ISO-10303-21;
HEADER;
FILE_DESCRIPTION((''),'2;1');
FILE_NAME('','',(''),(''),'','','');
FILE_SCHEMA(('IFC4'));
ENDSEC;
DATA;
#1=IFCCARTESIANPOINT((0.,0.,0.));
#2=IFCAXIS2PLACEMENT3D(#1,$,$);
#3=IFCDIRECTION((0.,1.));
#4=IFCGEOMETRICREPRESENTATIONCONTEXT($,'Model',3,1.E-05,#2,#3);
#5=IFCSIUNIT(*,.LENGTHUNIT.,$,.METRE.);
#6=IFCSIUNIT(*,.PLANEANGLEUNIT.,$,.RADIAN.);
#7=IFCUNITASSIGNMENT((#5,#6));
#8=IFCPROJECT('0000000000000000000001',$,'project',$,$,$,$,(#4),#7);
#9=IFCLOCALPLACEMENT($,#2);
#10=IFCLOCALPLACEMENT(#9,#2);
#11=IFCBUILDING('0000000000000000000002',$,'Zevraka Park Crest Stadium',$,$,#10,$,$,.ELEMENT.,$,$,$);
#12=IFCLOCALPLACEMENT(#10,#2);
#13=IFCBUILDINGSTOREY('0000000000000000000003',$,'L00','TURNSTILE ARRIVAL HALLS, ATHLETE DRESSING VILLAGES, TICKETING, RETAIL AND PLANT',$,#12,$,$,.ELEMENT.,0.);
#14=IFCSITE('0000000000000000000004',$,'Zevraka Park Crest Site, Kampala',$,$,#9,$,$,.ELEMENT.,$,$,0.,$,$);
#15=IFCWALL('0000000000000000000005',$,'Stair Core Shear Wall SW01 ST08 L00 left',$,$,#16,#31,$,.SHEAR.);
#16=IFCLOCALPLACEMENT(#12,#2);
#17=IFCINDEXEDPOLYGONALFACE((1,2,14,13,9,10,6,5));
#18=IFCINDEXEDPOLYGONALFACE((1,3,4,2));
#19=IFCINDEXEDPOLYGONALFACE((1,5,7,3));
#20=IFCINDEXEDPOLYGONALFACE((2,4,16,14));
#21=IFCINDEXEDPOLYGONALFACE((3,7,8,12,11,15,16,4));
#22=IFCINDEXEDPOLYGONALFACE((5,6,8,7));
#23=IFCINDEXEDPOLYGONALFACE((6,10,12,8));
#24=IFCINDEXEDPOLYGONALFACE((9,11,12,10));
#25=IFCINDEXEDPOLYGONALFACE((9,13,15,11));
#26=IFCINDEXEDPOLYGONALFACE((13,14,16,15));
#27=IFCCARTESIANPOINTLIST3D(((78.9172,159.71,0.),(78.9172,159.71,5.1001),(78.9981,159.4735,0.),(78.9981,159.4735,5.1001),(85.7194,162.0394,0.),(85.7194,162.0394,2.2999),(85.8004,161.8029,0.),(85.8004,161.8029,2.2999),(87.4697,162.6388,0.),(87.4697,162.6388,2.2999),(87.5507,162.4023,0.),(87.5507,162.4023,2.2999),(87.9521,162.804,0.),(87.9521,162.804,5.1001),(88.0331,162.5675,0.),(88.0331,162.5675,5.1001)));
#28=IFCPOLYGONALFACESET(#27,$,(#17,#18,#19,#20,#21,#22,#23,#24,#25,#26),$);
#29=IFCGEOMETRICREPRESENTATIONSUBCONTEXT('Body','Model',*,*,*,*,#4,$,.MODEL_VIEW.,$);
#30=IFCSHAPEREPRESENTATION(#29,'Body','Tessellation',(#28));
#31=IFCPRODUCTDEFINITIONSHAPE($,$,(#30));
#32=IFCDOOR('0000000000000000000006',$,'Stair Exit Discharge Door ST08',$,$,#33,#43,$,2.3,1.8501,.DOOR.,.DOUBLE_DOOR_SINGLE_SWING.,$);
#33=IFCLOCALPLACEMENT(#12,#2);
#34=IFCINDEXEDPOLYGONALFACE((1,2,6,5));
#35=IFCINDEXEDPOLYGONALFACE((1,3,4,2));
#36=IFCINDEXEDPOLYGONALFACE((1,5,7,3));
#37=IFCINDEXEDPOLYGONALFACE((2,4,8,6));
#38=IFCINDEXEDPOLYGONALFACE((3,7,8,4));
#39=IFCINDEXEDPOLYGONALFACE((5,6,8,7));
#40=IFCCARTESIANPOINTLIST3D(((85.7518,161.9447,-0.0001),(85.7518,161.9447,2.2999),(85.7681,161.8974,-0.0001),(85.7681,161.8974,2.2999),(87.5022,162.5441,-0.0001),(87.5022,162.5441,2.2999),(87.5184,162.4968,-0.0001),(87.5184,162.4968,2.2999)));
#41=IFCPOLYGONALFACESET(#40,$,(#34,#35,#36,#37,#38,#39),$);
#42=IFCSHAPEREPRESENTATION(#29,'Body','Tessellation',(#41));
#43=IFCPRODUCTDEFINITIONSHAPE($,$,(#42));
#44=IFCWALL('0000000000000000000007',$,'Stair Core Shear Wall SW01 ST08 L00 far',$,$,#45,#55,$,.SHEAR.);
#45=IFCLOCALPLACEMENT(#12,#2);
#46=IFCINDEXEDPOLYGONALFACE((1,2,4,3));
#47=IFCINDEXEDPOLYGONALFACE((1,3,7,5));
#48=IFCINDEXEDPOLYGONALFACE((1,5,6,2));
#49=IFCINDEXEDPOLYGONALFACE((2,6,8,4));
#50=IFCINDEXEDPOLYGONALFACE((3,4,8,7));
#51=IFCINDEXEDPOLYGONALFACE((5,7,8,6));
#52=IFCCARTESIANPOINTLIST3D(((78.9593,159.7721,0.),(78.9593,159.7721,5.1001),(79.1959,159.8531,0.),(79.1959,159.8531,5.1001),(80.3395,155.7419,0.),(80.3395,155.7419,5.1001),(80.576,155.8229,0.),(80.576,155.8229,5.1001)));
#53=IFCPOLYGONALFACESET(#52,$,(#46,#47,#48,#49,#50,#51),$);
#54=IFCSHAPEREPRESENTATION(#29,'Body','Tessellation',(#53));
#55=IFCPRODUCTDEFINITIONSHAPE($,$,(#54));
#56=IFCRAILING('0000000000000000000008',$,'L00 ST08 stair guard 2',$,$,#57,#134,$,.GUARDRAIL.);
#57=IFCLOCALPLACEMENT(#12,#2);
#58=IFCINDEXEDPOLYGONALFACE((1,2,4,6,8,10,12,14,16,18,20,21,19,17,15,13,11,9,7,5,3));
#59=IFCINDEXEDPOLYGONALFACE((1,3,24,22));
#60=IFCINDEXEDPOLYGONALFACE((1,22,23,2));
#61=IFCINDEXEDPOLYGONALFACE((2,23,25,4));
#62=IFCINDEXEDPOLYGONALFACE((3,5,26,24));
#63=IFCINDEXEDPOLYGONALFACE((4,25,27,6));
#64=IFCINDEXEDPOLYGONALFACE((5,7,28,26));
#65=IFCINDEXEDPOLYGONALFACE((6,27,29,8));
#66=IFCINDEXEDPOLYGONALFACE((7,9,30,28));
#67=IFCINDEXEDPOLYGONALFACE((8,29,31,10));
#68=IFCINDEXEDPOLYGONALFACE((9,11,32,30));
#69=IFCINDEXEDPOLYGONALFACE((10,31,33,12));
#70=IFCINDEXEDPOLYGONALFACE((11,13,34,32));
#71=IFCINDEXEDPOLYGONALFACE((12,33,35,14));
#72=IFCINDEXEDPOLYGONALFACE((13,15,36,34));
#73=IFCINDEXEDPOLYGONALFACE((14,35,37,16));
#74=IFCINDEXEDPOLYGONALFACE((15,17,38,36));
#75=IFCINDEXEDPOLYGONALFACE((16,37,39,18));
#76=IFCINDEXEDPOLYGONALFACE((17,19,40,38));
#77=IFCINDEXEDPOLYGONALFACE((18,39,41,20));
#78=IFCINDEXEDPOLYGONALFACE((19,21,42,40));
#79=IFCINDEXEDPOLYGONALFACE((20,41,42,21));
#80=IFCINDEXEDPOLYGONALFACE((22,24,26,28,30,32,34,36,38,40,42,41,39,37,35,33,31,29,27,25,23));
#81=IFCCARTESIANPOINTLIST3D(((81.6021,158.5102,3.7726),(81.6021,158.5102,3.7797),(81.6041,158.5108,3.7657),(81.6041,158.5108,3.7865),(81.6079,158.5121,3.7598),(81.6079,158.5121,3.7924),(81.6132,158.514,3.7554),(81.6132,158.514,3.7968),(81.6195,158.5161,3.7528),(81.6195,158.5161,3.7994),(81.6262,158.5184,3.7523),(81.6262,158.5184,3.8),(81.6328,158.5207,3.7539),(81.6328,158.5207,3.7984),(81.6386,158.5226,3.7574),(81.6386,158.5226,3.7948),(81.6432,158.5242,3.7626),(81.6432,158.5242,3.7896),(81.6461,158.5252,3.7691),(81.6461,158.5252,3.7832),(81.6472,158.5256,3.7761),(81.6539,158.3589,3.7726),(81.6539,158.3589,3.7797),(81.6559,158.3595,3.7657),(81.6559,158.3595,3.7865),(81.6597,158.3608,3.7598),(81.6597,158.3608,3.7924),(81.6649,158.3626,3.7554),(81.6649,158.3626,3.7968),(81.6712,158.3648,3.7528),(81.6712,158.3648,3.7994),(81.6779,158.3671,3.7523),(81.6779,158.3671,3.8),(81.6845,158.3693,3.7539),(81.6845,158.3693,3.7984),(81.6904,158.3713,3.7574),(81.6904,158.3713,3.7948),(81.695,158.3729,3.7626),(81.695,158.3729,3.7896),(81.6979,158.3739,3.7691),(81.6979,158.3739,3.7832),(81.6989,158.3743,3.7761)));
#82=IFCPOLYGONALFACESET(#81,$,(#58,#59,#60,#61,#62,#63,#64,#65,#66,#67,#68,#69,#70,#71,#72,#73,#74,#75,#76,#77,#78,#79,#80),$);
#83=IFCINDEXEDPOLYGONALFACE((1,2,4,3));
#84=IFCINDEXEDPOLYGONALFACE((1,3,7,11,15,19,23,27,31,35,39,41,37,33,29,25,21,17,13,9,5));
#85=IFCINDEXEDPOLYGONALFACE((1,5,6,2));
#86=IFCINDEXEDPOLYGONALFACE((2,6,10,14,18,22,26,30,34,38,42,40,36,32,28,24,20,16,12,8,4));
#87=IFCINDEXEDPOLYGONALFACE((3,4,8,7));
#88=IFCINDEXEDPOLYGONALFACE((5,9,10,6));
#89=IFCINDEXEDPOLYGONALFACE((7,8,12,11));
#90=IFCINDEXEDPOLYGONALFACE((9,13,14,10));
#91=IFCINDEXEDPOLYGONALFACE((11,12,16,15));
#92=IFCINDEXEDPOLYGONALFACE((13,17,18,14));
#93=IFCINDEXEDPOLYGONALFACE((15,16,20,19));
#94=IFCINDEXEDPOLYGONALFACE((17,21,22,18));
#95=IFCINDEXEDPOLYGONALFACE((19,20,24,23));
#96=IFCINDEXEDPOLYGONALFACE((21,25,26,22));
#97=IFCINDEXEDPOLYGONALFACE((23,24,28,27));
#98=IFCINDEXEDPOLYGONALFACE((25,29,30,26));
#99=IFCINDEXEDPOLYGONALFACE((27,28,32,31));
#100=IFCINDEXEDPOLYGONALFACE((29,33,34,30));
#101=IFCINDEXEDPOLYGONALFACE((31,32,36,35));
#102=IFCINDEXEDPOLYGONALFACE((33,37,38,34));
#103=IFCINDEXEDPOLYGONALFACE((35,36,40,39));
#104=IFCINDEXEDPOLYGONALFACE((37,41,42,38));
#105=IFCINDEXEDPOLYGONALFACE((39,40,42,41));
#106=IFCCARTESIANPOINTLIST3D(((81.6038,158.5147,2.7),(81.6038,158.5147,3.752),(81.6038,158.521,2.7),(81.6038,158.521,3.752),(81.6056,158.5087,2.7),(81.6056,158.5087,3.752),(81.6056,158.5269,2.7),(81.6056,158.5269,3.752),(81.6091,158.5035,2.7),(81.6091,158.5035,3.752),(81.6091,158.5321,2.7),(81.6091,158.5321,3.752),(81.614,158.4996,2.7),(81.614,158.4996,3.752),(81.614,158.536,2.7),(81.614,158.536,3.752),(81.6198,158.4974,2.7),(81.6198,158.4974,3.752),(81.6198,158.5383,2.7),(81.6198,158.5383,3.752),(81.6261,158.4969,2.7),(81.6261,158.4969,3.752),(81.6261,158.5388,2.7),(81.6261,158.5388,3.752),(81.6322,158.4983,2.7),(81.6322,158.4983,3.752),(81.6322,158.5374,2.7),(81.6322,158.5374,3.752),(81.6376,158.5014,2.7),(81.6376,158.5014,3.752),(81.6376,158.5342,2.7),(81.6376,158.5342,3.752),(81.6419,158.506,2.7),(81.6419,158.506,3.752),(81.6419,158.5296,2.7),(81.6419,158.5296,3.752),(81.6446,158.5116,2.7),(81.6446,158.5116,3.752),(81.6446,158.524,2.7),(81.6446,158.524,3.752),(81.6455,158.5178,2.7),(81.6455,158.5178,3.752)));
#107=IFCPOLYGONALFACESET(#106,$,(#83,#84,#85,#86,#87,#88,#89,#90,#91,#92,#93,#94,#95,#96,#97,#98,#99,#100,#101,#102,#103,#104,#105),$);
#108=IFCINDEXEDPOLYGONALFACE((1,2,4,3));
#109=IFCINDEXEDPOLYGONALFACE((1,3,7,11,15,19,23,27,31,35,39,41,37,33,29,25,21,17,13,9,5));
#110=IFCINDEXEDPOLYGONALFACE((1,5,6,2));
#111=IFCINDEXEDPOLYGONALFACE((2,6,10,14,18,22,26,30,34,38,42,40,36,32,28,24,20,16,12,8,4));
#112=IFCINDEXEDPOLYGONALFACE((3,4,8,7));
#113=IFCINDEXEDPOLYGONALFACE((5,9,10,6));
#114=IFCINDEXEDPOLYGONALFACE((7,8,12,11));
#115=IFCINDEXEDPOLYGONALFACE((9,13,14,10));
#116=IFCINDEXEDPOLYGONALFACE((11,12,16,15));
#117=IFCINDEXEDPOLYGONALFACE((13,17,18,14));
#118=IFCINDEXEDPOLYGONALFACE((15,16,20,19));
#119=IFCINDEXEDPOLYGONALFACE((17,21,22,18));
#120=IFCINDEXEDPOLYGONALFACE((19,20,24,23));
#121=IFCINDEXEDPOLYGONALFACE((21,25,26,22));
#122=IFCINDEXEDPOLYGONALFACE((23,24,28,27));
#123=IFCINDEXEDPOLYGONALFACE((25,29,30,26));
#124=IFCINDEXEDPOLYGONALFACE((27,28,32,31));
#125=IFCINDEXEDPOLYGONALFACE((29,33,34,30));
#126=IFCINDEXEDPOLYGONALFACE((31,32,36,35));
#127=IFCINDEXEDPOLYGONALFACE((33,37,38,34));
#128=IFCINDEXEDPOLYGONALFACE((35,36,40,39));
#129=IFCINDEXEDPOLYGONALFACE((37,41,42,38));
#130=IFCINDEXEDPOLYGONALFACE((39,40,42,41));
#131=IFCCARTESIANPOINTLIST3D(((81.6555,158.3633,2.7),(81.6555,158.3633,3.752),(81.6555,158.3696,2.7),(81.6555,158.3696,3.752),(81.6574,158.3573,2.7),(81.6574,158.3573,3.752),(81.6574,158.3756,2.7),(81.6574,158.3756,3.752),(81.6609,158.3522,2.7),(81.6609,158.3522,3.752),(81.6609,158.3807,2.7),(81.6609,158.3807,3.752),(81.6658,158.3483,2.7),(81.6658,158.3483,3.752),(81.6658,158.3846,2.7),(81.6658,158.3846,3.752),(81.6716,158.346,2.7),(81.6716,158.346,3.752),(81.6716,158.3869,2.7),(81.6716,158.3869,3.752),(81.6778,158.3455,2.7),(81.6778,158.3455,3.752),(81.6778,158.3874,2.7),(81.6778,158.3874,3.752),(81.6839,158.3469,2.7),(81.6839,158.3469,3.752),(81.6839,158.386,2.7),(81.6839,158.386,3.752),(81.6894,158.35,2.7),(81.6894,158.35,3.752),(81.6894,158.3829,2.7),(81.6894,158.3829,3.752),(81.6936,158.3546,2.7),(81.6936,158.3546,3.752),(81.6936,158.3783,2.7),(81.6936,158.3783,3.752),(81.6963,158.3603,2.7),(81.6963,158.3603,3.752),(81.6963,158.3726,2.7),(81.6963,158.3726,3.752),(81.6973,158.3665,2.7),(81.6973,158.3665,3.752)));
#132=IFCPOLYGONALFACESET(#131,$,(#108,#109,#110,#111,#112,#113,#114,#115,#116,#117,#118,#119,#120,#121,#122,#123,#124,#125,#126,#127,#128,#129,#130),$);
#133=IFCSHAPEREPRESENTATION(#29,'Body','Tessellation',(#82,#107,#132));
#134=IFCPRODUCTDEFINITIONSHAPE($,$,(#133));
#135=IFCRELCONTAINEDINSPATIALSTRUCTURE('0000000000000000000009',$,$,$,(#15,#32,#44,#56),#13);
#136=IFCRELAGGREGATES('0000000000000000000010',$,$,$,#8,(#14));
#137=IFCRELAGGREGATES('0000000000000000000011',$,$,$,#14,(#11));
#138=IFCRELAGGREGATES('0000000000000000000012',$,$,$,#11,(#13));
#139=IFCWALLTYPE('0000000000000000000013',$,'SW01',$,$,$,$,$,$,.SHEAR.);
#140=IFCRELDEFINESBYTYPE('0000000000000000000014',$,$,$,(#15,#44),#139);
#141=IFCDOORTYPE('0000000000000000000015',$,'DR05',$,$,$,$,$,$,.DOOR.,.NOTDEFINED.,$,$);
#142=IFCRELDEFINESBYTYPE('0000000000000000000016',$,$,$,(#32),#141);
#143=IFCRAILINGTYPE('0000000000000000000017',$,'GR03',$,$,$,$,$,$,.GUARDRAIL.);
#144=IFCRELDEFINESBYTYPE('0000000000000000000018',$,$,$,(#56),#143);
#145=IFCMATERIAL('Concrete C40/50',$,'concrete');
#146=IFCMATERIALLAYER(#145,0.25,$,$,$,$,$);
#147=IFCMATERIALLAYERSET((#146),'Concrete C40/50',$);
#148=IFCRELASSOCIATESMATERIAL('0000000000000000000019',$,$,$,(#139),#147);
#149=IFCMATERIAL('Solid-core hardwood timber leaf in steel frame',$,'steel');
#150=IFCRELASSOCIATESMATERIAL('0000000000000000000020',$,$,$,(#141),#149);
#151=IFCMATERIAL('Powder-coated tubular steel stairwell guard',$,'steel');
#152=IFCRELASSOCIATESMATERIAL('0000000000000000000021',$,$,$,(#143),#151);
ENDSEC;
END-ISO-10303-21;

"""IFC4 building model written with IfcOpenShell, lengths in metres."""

from ifc_helpers import new_model, si_unit, direction, frame, frame_2d, origin, origin_2d, place, context, subcontext, project, spatial, rectangle, circle, extrude, material, layer, layer_set, type_object, element, fill, save


model = new_model("IFC4")

# Units and contexts
model_context = context("Model", 3, precision=1e-05, world=origin(), true_north=direction((0.0, 1.0)))
body_context = subcontext(model_context, "Body", "Model", "MODEL_VIEW")
ifc_project = project(units=[si_unit("LENGTHUNIT", "METRE"), si_unit("PLANEANGLEUNIT", "RADIAN")], contexts=[model_context])

# Site, building, storey
site_placement = place(None, origin())
site = spatial("IfcSite", under=ifc_project, at=site_placement, Name="Zevraka Park Crest Site, Kampala", CompositionType="ELEMENT", RefElevation=0.0)
building_placement = place(site_placement, origin())
building = spatial("IfcBuilding", under=site, at=building_placement, Name="Zevraka Park Crest Stadium", CompositionType="ELEMENT")
storey_placement = place(building_placement, origin())
storey = spatial("IfcBuildingStorey", under=building, at=storey_placement, Name="L00", Description="TURNSTILE ARRIVAL HALLS, ATHLETE DRESSING VILLAGES, TICKETING, RETAIL AND PLANT", CompositionType="ELEMENT", Elevation=0.0)

# Wall, opening, door
ifc_material_1 = material(Name="Concrete C40/50", Category="concrete")
ifc_layer_1 = layer(ifc_material_1, 0.25)
ifc_layer_set_1 = layer_set([ifc_layer_1], Name="Concrete C40/50")
wall_type_1 = type_object("IfcWallType", Name="SW01", PredefinedType="SHEAR", material=ifc_layer_set_1)
wall_1_placement = place(storey_placement, frame((78.9578, 159.5918, 0.0), z_axis=(0.0, 0.0, 1.0), x_axis=(0.946064, 0.323979, 0.0)))
wall_1 = element("IfcWall", 1, at=wall_1_placement, inside=storey, type_object=wall_type_1, Name="Stair Core Shear Wall SW01 ST08 L00 left", PredefinedType="SHEAR", context=body_context, shape_type="SweptSolid", body=[
    extrude(rectangle(XDim=9.55, YDim=0.25, at=frame_2d((4.7749, 0.0))), origin(), (0.0, 0.0, 1.0), 5.1001),
])
opening_placement = place(wall_1_placement, frame((7.1899, 0.0, 0.0)))
opening = element("IfcOpeningElement", 2, at=opening_placement, cuts=wall_1, PredefinedType="OPENING", context=body_context, shape_type="SweptSolid", body=[
    extrude(rectangle(XDim=1.8501, YDim=2.3, at=frame_2d((0.925, 1.1499))), frame((0.0, 0.135, 0.0), z_axis=(0.0, -1.0, 0.0), x_axis=(1.0, 0.0, 0.0)), (0.0, 0.0, 1.0), 0.27),
])
ifc_material_2 = material(Name="Solid-core hardwood timber leaf in steel frame", Category="steel")
door_type = type_object("IfcDoorType", Name="DR05", OperationType="NOTDEFINED", PredefinedType="DOOR", material=ifc_material_2)
door_placement = place(opening_placement, origin())
door = element("IfcDoor", 3, at=door_placement, inside=storey, type_object=door_type, Name="Stair Exit Discharge Door ST08", OperationType="DOUBLE_DOOR_SINGLE_SWING", OverallHeight=2.3, OverallWidth=1.8501, PredefinedType="DOOR", context=body_context, shape_type="SweptSolid", body=[
    extrude(rectangle(XDim=1.8501, YDim=2.3, at=frame_2d((0.925, 1.1499))), frame((0.0, 0.0249, 0.0), z_axis=(0.0, -1.0, 0.0), x_axis=(1.0, 0.0, 0.0)), (0.0, 0.0, 1.0), 0.05),
])
fill(opening, door)

# Wall
wall_2_placement = place(storey_placement, frame((79.0776, 159.8125, 0.0), z_axis=(0.0, 0.0, 1.0), x_axis=(0.323971, -0.946067, 0.0)))
element("IfcWall", 4, at=wall_2_placement, inside=storey, type_object=wall_type_1, Name="Stair Core Shear Wall SW01 ST08 L00 far", PredefinedType="SHEAR", context=body_context, shape_type="SweptSolid", body=[
    extrude(rectangle(XDim=4.26, YDim=0.25, at=frame_2d((2.1299, 0.0))), origin(), (0.0, 0.0, 1.0), 5.1001),
])

# Railing
ifc_material_3 = material(Name="Powder-coated tubular steel stairwell guard", Category="steel")
railing_type_1 = type_object("IfcRailingType", Name="GR03", PredefinedType="GUARDRAIL", material=ifc_material_3)
railing_1_placement = place(storey_placement, frame((81.6245, 158.5178, 2.7)))
element("IfcRailing", 5, at=railing_1_placement, inside=storey, type_object=railing_type_1, Name="L00 ST08 stair guard 2", PredefinedType="GUARDRAIL", context=body_context, shape_type="SweptSolid", body=[
    extrude(circle(Radius=0.0239, at=origin_2d()), frame((0.0, 0.0, 1.0762), z_axis=(0.323544, -0.946213, 0.0), x_axis=(0.946213, 0.323544, 0.0)), (0.0, 0.0, 1.0), 0.1599),
    extrude(circle(Radius=0.021, at=origin_2d()), origin(), (0.0, 0.0, 1.0), 1.052),
    extrude(circle(Radius=0.021, at=origin_2d()), frame((0.0518, -0.1514, 0.0)), (0.0, 0.0, 1.0), 1.052),
])

save(model, "model.ifc")
